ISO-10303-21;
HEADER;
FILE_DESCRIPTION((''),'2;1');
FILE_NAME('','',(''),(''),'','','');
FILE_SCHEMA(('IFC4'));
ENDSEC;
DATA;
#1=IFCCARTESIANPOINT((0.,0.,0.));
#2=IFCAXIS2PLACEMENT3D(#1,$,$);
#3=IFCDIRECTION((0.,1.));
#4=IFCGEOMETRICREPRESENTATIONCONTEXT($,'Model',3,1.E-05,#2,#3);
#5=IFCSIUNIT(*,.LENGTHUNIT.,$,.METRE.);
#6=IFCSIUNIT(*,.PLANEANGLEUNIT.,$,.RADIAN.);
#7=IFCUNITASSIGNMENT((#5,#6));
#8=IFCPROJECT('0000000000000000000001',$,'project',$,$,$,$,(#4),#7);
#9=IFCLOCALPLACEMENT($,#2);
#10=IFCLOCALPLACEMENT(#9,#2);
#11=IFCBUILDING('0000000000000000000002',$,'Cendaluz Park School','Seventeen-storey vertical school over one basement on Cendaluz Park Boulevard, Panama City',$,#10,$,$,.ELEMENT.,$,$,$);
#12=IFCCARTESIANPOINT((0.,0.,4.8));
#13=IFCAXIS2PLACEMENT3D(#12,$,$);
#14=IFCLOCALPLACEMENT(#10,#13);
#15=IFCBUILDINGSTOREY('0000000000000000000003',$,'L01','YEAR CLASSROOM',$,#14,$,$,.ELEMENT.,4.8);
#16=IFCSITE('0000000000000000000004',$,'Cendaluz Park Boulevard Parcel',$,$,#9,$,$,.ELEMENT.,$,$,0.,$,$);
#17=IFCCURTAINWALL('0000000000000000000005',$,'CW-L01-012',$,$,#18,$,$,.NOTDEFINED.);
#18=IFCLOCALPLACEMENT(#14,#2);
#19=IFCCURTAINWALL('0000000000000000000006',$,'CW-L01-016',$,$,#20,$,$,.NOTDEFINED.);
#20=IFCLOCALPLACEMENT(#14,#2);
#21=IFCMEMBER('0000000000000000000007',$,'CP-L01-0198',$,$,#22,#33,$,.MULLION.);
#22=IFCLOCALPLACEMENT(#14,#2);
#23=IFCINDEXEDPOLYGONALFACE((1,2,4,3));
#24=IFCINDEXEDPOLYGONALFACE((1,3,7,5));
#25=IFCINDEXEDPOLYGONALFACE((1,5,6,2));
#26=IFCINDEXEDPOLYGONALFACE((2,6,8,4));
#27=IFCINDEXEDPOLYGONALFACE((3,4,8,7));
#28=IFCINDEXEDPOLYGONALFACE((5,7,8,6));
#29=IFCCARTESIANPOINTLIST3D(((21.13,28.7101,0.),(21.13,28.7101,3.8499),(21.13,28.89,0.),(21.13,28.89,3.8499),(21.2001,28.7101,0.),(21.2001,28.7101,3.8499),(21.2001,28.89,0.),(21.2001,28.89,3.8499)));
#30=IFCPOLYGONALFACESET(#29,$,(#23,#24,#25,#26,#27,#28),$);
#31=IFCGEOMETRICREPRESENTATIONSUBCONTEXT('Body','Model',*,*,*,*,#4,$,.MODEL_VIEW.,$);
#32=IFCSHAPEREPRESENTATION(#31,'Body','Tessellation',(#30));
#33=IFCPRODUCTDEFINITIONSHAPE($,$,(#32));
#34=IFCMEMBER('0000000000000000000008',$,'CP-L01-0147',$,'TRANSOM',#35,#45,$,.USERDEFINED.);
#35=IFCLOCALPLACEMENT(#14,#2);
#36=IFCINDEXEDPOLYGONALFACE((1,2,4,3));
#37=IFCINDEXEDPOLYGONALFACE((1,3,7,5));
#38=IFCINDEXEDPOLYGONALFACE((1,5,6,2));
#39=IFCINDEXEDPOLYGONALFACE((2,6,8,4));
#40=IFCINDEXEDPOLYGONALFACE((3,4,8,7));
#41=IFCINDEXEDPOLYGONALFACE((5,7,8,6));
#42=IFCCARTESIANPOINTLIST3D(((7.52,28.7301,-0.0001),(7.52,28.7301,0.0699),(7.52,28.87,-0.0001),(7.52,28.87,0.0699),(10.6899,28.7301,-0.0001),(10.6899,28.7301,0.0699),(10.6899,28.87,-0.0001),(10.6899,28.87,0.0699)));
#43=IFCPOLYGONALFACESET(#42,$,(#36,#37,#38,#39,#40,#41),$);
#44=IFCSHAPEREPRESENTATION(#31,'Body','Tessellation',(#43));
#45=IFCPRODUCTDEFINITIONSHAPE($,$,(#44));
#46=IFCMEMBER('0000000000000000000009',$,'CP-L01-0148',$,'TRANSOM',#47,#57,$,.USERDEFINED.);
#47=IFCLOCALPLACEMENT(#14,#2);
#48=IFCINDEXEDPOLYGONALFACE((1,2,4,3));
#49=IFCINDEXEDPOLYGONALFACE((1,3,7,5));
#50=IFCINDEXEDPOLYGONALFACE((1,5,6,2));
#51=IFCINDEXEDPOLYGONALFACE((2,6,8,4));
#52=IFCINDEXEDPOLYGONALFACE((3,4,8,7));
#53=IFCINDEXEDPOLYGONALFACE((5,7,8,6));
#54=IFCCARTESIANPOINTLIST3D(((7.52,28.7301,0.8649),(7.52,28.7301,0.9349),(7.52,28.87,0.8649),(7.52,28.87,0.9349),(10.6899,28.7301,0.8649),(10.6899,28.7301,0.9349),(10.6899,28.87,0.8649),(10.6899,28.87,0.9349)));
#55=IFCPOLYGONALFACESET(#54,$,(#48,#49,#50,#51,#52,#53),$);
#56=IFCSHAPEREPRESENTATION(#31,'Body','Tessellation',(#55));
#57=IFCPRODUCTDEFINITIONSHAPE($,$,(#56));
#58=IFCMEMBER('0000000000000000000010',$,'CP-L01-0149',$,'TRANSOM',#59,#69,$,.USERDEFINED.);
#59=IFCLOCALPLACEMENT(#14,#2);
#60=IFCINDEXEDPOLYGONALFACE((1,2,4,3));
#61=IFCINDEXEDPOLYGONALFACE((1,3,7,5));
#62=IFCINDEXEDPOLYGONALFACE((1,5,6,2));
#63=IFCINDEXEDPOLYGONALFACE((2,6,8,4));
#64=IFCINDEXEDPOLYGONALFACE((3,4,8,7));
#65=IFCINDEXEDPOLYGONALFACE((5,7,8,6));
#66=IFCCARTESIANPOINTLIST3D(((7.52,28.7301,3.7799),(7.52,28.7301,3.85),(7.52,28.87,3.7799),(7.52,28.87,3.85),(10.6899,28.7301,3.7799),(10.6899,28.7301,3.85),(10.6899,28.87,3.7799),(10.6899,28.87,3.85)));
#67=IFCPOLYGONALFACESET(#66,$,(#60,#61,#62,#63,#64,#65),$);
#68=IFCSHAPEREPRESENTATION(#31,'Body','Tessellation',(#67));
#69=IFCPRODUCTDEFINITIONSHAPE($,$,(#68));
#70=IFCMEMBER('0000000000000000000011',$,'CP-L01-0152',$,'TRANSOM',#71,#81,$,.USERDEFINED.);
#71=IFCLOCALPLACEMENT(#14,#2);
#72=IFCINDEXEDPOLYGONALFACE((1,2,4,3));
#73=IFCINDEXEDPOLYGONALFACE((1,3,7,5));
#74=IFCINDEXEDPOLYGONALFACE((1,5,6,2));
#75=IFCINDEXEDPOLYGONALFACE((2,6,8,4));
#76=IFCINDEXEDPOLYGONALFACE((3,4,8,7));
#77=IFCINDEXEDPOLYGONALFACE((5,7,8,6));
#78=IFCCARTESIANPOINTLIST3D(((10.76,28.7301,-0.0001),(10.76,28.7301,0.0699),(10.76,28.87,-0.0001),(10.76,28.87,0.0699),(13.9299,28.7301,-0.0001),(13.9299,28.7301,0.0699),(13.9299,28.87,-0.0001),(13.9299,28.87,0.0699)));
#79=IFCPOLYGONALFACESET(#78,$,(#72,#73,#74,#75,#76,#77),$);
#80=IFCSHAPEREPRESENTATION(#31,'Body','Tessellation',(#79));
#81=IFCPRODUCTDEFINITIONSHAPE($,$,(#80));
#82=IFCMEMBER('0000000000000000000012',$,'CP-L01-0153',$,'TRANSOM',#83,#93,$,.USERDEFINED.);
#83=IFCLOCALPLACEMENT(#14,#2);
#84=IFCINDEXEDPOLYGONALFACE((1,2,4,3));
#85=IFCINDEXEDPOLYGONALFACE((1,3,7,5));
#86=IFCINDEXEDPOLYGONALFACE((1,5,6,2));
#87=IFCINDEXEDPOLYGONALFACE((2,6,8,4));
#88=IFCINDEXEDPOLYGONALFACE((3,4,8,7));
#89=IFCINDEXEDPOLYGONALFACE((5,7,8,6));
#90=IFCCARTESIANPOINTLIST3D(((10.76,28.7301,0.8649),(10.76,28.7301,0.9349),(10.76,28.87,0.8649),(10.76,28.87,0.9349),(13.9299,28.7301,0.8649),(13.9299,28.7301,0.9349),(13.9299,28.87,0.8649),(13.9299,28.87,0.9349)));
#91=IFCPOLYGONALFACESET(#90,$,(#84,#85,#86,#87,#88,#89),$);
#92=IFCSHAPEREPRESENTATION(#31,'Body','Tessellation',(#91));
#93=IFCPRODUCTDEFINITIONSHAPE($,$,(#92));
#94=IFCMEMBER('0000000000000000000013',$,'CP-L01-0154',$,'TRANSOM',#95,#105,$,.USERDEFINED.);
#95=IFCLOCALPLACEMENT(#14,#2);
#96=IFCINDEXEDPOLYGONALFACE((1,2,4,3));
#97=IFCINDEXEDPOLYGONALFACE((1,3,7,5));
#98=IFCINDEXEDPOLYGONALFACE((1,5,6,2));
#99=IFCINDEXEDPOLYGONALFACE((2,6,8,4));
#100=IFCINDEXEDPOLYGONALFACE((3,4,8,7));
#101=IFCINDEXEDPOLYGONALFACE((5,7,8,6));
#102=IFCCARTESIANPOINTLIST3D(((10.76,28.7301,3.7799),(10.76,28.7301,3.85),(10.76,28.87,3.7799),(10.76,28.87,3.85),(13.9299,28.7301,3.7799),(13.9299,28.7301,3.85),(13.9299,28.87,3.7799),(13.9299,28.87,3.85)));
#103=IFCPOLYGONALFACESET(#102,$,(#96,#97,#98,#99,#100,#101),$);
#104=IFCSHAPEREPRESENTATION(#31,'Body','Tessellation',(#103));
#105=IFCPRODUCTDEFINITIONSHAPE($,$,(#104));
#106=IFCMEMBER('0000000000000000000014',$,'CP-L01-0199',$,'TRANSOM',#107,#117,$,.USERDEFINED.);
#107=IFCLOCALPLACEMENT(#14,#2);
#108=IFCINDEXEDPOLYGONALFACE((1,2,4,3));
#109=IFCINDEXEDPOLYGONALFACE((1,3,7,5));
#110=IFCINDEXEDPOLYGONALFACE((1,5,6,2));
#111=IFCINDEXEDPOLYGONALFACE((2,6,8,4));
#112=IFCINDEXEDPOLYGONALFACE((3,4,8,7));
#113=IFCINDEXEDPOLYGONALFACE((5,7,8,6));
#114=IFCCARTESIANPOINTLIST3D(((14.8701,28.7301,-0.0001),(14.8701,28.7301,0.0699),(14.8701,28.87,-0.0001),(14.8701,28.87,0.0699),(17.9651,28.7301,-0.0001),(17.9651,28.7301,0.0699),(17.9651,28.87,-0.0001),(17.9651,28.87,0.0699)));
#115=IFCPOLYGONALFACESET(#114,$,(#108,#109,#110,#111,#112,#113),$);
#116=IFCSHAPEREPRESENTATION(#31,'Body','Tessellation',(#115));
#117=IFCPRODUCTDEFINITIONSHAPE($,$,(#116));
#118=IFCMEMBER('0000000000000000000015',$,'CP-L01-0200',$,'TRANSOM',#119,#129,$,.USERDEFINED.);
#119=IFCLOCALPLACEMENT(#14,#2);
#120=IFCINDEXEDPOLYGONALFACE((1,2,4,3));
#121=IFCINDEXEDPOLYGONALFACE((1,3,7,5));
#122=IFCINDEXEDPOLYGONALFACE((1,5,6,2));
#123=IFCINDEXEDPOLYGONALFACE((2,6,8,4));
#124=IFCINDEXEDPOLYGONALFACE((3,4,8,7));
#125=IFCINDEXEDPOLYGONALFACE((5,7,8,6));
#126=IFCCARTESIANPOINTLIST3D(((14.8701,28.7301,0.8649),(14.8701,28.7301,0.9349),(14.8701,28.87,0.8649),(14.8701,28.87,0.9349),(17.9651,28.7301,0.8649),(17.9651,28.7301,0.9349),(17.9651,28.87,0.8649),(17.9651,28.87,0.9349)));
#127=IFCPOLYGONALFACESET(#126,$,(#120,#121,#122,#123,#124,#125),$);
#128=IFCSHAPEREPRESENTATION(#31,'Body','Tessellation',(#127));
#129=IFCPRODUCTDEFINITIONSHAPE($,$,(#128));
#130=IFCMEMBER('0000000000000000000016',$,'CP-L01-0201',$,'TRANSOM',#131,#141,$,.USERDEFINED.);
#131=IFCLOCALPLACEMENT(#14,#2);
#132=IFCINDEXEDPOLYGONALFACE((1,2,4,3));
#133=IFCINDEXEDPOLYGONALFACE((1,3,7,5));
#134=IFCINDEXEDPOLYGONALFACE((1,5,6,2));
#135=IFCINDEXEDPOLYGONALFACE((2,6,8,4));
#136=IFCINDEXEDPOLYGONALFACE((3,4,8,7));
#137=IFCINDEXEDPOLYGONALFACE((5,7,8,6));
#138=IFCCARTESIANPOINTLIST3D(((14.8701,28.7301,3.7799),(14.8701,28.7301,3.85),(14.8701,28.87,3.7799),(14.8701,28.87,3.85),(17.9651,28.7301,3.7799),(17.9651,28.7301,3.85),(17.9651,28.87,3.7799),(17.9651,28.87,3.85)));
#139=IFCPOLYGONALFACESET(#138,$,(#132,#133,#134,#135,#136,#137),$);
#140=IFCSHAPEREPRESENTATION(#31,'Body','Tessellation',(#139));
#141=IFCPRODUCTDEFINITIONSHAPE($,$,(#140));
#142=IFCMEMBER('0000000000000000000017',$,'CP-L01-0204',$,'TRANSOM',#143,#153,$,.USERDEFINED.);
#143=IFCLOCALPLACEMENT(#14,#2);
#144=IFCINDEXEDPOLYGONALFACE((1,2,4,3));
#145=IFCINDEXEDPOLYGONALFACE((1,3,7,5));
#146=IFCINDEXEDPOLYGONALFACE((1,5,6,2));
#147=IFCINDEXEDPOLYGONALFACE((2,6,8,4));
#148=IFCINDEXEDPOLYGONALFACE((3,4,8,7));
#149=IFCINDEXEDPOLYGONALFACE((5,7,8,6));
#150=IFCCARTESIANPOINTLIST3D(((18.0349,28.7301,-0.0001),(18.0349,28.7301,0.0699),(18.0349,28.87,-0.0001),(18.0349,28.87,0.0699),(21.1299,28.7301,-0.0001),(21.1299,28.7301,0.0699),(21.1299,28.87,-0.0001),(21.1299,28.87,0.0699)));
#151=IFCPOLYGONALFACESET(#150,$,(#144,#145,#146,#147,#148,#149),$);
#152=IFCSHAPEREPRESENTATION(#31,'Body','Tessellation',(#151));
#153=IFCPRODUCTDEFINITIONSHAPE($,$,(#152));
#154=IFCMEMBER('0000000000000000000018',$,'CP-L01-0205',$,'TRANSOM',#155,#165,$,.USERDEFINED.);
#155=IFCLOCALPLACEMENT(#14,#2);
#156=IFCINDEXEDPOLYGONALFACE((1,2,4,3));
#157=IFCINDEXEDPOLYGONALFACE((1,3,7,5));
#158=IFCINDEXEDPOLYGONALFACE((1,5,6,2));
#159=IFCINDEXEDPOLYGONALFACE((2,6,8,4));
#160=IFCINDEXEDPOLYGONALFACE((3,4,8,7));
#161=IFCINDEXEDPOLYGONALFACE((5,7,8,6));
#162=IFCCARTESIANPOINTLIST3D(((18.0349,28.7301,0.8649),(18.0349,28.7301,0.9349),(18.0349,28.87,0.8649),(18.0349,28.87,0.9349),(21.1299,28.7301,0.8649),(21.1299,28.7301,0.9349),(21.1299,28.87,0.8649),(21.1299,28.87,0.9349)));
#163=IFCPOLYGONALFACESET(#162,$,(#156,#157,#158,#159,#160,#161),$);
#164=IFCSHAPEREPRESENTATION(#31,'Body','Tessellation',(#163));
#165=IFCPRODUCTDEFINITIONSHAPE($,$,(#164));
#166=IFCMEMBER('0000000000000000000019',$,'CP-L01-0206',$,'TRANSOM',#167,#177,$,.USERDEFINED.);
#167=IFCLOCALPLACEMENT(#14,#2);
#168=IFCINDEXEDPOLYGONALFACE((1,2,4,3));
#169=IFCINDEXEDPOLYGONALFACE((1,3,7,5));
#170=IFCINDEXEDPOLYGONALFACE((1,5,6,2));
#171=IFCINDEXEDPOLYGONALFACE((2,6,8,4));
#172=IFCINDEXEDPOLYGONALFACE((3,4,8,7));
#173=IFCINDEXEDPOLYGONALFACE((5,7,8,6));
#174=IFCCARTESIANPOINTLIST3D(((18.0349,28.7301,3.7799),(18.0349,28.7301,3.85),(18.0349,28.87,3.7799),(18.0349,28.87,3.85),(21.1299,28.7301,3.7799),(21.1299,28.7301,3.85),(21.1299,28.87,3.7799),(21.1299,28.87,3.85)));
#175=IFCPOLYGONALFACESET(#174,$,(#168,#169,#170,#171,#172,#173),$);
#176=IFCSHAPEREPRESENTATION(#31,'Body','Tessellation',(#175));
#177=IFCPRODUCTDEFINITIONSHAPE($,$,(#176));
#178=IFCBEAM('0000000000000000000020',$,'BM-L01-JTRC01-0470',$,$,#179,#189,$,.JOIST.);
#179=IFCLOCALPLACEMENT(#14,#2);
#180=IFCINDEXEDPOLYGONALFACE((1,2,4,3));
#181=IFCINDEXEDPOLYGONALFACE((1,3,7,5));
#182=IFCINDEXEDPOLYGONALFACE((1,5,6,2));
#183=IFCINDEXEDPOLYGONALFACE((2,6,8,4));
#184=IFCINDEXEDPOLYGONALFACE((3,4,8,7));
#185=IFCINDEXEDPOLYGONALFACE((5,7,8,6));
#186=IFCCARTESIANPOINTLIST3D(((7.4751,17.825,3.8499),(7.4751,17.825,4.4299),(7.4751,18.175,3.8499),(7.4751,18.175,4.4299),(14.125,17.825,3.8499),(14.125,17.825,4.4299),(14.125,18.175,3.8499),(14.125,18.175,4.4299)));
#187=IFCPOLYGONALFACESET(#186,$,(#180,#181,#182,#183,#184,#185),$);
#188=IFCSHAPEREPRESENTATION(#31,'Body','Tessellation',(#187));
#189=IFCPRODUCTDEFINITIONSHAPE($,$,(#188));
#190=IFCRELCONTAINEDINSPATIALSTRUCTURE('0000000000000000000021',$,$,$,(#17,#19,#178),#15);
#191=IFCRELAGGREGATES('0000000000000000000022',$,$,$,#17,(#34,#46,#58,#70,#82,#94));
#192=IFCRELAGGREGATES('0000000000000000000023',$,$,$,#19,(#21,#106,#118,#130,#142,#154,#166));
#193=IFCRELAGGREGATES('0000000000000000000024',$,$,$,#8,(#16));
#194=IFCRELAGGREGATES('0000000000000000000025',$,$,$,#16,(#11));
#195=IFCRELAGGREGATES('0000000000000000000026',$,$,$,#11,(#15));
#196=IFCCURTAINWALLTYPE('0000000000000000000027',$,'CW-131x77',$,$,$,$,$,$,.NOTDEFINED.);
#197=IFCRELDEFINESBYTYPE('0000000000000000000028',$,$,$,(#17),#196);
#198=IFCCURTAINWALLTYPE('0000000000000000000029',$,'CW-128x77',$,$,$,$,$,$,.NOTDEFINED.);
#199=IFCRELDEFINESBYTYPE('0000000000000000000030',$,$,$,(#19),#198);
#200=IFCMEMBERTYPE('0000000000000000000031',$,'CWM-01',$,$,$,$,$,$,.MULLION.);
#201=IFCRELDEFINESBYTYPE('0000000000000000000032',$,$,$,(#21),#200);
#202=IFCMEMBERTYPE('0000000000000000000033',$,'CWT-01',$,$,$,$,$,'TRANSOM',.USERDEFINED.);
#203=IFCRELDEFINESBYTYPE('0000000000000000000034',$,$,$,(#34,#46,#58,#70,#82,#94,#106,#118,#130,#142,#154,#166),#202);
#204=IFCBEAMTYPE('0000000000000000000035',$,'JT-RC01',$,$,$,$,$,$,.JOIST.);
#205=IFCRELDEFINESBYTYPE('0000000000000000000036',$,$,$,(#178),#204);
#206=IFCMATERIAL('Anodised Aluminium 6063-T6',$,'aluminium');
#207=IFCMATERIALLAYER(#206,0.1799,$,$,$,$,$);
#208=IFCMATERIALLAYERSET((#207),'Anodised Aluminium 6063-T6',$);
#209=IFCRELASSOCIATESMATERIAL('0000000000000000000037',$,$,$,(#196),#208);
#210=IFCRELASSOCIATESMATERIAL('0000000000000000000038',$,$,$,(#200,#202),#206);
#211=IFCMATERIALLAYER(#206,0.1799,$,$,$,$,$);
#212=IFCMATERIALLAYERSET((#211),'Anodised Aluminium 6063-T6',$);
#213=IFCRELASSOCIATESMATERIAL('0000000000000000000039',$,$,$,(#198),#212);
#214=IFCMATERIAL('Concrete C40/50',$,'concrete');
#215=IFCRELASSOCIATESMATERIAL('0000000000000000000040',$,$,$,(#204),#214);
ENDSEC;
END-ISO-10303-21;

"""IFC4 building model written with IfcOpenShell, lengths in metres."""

from ifc_helpers import new_model, si_unit, direction, frame, origin, origin_2d, place, context, subcontext, project, spatial, rectangle, extrude, material, layer, layer_set, material_profile, profile_set, type_object, element, aggregate, save


model = new_model("IFC4")

# Units and contexts
model_context = context("Model", 3, precision=1e-05, world=origin(), true_north=direction((0.0, 1.0)))
body_context = subcontext(model_context, "Body", "Model", "MODEL_VIEW")
ifc_project = project(units=[si_unit("LENGTHUNIT", "METRE"), si_unit("PLANEANGLEUNIT", "RADIAN")], contexts=[model_context])

# Site, building, storey
site_placement = place(None, origin())
site = spatial("IfcSite", under=ifc_project, at=site_placement, Name="Cendaluz Park Boulevard Parcel", CompositionType="ELEMENT", RefElevation=0.0)
building_placement = place(site_placement, origin())
building = spatial("IfcBuilding", under=site, at=building_placement, Name="Cendaluz Park School", Description="Seventeen-storey vertical school over one basement on Cendaluz Park Boulevard, Panama City", CompositionType="ELEMENT")
storey_placement = place(building_placement, frame((0.0, 0.0, 4.8)))
storey = spatial("IfcBuildingStorey", under=building, at=storey_placement, Name="L01", Description="YEAR CLASSROOM", CompositionType="ELEMENT", Elevation=4.8)

# Shared definitions
ifc_material_1 = material(Name="Concrete C40/50", Category="concrete")

# Curtain walls, member
ifc_material_2 = material(Name="Anodised Aluminium 6063-T6", Category="aluminium")
ifc_layer_1 = layer(ifc_material_2, 0.1799)
ifc_layer_set_1 = layer_set([ifc_layer_1], Name="Anodised Aluminium 6063-T6")
curtain_wall_type_1 = type_object("IfcCurtainWallType", Name="CW-131x77", PredefinedType="NOTDEFINED", material=ifc_layer_set_1)
curtain_wall_1_placement = place(storey_placement, origin())
curtain_wall_1 = element("IfcCurtainWall", 1, at=curtain_wall_1_placement, inside=storey, type_object=curtain_wall_type_1, Name="CW-L01-012", PredefinedType="NOTDEFINED")
ifc_material_profile_1 = material_profile(ifc_material_2, rectangle(XDim=0.1799, YDim=0.0701, at=origin_2d()), Name="CWM 180x70", Category="aluminium")
ifc_profile_set_1 = profile_set([ifc_material_profile_1], Name="Anodised Aluminium 6063-T6")
member_type_1 = type_object("IfcMemberType", Name="CWM-01", PredefinedType="MULLION", material=ifc_profile_set_1)
ifc_layer_2 = layer(ifc_material_2, 0.1799)
ifc_layer_set_2 = layer_set([ifc_layer_2], Name="Anodised Aluminium 6063-T6")
curtain_wall_type_2 = type_object("IfcCurtainWallType", Name="CW-128x77", PredefinedType="NOTDEFINED", material=ifc_layer_set_2)
curtain_wall_2_placement = place(storey_placement, origin())
curtain_wall_2 = element("IfcCurtainWall", 2, at=curtain_wall_2_placement, inside=storey, type_object=curtain_wall_type_2, Name="CW-L01-016", PredefinedType="NOTDEFINED")
member_1_placement = place(storey_placement, frame((21.165, 28.8, 0.0), z_axis=(0.0, 0.0, 1.0), x_axis=(0.0, 1.0, 0.0)))
member_1 = element("IfcMember", 3, at=member_1_placement, type_object=member_type_1, Name="CP-L01-0198", PredefinedType="MULLION", context=body_context, shape_type="SweptSolid", body=[
    extrude(rectangle(XDim=0.1799, YDim=0.0701, at=origin_2d()), origin(), (0.0, 0.0, 1.0), 3.8499),
])

# Members
ifc_material_profile_2 = material_profile(ifc_material_2, rectangle(XDim=0.1399, YDim=0.0701, at=origin_2d()), Name="CWT 140x70", Category="aluminium")
ifc_profile_set_2 = profile_set([ifc_material_profile_2], Name="Anodised Aluminium 6063-T6")
member_type_2 = type_object("IfcMemberType", Name="CWT-01", ElementType="TRANSOM", PredefinedType="USERDEFINED", material=ifc_profile_set_2)
member_2_placement = place(storey_placement, frame((7.52, 28.8, 0.0349), z_axis=(1.0, 0.0, 0.0), x_axis=(0.0, 1.0, 0.0)))
member_2 = element("IfcMember", 4, at=member_2_placement, type_object=member_type_2, Name="CP-L01-0147", ObjectType="TRANSOM", PredefinedType="USERDEFINED", context=body_context, shape_type="SweptSolid", body=[
    extrude(rectangle(XDim=0.1399, YDim=0.0701, at=origin_2d()), origin(), (0.0, 0.0, 1.0), 3.1699),
])
member_3_placement = place(storey_placement, frame((7.52, 28.8, 0.8999), z_axis=(1.0, 0.0, 0.0), x_axis=(0.0, 1.0, 0.0)))
member_3 = element("IfcMember", 5, at=member_3_placement, type_object=member_type_2, Name="CP-L01-0148", ObjectType="TRANSOM", PredefinedType="USERDEFINED", context=body_context, shape_type="SweptSolid", body=[
    extrude(rectangle(XDim=0.1399, YDim=0.0701, at=origin_2d()), origin(), (0.0, 0.0, 1.0), 3.1699),
])
member_4_placement = place(storey_placement, frame((7.52, 28.8, 3.8149), z_axis=(1.0, 0.0, 0.0), x_axis=(0.0, 1.0, 0.0)))
member_4 = element("IfcMember", 6, at=member_4_placement, type_object=member_type_2, Name="CP-L01-0149", ObjectType="TRANSOM", PredefinedType="USERDEFINED", context=body_context, shape_type="SweptSolid", body=[
    extrude(rectangle(XDim=0.1399, YDim=0.0701, at=origin_2d()), origin(), (0.0, 0.0, 1.0), 3.1699),
])
member_5_placement = place(storey_placement, frame((10.76, 28.8, 0.0349), z_axis=(1.0, 0.0, 0.0), x_axis=(0.0, 1.0, 0.0)))
member_5 = element("IfcMember", 7, at=member_5_placement, type_object=member_type_2, Name="CP-L01-0152", ObjectType="TRANSOM", PredefinedType="USERDEFINED", context=body_context, shape_type="SweptSolid", body=[
    extrude(rectangle(XDim=0.1399, YDim=0.0701, at=origin_2d()), origin(), (0.0, 0.0, 1.0), 3.1699),
])
member_6_placement = place(storey_placement, frame((10.76, 28.8, 0.8999), z_axis=(1.0, 0.0, 0.0), x_axis=(0.0, 1.0, 0.0)))
member_6 = element("IfcMember", 8, at=member_6_placement, type_object=member_type_2, Name="CP-L01-0153", ObjectType="TRANSOM", PredefinedType="USERDEFINED", context=body_context, shape_type="SweptSolid", body=[
    extrude(rectangle(XDim=0.1399, YDim=0.0701, at=origin_2d()), origin(), (0.0, 0.0, 1.0), 3.1699),
])
member_7_placement = place(storey_placement, frame((10.76, 28.8, 3.8149), z_axis=(1.0, 0.0, 0.0), x_axis=(0.0, 1.0, 0.0)))
member_7 = element("IfcMember", 9, at=member_7_placement, type_object=member_type_2, Name="CP-L01-0154", ObjectType="TRANSOM", PredefinedType="USERDEFINED", context=body_context, shape_type="SweptSolid", body=[
    extrude(rectangle(XDim=0.1399, YDim=0.0701, at=origin_2d()), origin(), (0.0, 0.0, 1.0), 3.1699),
])
member_8_placement = place(storey_placement, frame((14.8701, 28.8, 0.0349), z_axis=(1.0, 0.0, 0.0), x_axis=(0.0, 1.0, 0.0)))
member_8 = element("IfcMember", 10, at=member_8_placement, type_object=member_type_2, Name="CP-L01-0199", ObjectType="TRANSOM", PredefinedType="USERDEFINED", context=body_context, shape_type="SweptSolid", body=[
    extrude(rectangle(XDim=0.1399, YDim=0.0701, at=origin_2d()), origin(), (0.0, 0.0, 1.0), 3.095),
])
member_9_placement = place(storey_placement, frame((14.8701, 28.8, 0.8999), z_axis=(1.0, 0.0, 0.0), x_axis=(0.0, 1.0, 0.0)))
member_9 = element("IfcMember", 11, at=member_9_placement, type_object=member_type_2, Name="CP-L01-0200", ObjectType="TRANSOM", PredefinedType="USERDEFINED", context=body_context, shape_type="SweptSolid", body=[
    extrude(rectangle(XDim=0.1399, YDim=0.0701, at=origin_2d()), origin(), (0.0, 0.0, 1.0), 3.095),
])
member_10_placement = place(storey_placement, frame((14.8701, 28.8, 3.8149), z_axis=(1.0, 0.0, 0.0), x_axis=(0.0, 1.0, 0.0)))
member_10 = element("IfcMember", 12, at=member_10_placement, type_object=member_type_2, Name="CP-L01-0201", ObjectType="TRANSOM", PredefinedType="USERDEFINED", context=body_context, shape_type="SweptSolid", body=[
    extrude(rectangle(XDim=0.1399, YDim=0.0701, at=origin_2d()), origin(), (0.0, 0.0, 1.0), 3.095),
])
member_11_placement = place(storey_placement, frame((18.0349, 28.8, 0.0349), z_axis=(1.0, 0.0, 0.0), x_axis=(0.0, 1.0, 0.0)))
member_11 = element("IfcMember", 13, at=member_11_placement, type_object=member_type_2, Name="CP-L01-0204", ObjectType="TRANSOM", PredefinedType="USERDEFINED", context=body_context, shape_type="SweptSolid", body=[
    extrude(rectangle(XDim=0.1399, YDim=0.0701, at=origin_2d()), origin(), (0.0, 0.0, 1.0), 3.095),
])
member_12_placement = place(storey_placement, frame((18.0349, 28.8, 0.8999), z_axis=(1.0, 0.0, 0.0), x_axis=(0.0, 1.0, 0.0)))
member_12 = element("IfcMember", 14, at=member_12_placement, type_object=member_type_2, Name="CP-L01-0205", ObjectType="TRANSOM", PredefinedType="USERDEFINED", context=body_context, shape_type="SweptSolid", body=[
    extrude(rectangle(XDim=0.1399, YDim=0.0701, at=origin_2d()), origin(), (0.0, 0.0, 1.0), 3.095),
])
member_13_placement = place(storey_placement, frame((18.0349, 28.8, 3.8149), z_axis=(1.0, 0.0, 0.0), x_axis=(0.0, 1.0, 0.0)))
member_13 = element("IfcMember", 15, at=member_13_placement, type_object=member_type_2, Name="CP-L01-0206", ObjectType="TRANSOM", PredefinedType="USERDEFINED", context=body_context, shape_type="SweptSolid", body=[
    extrude(rectangle(XDim=0.1399, YDim=0.0701, at=origin_2d()), origin(), (0.0, 0.0, 1.0), 3.095),
])

# Beam
ifc_material_profile_3 = material_profile(ifc_material_1, rectangle(XDim=0.3501, YDim=0.5801, at=origin_2d()), Name="RC 350x580", Category="concrete")
ifc_profile_set_3 = profile_set([ifc_material_profile_3], Name="Concrete C40/50")
beam_type_1 = type_object("IfcBeamType", Name="JT-RC01", PredefinedType="JOIST", material=ifc_profile_set_3)
beam_1_placement = place(storey_placement, frame((7.4751, 18.0, 4.1399), z_axis=(1.0, 0.0, 0.0), x_axis=(0.0, 1.0, 0.0)))
element("IfcBeam", 16, at=beam_1_placement, inside=storey, type_object=beam_type_1, Name="BM-L01-JTRC01-0470", PredefinedType="JOIST", context=body_context, shape_type="SweptSolid", body=[
    extrude(rectangle(XDim=0.3501, YDim=0.5801, at=origin_2d()), origin(), (0.0, 0.0, 1.0), 6.6499),
])

aggregate(curtain_wall_1, [member_2, member_3, member_4, member_5, member_6, member_7])
aggregate(curtain_wall_2, [member_1, member_8, member_9, member_10, member_11, member_12, member_13])

save(model, "model.ifc")
